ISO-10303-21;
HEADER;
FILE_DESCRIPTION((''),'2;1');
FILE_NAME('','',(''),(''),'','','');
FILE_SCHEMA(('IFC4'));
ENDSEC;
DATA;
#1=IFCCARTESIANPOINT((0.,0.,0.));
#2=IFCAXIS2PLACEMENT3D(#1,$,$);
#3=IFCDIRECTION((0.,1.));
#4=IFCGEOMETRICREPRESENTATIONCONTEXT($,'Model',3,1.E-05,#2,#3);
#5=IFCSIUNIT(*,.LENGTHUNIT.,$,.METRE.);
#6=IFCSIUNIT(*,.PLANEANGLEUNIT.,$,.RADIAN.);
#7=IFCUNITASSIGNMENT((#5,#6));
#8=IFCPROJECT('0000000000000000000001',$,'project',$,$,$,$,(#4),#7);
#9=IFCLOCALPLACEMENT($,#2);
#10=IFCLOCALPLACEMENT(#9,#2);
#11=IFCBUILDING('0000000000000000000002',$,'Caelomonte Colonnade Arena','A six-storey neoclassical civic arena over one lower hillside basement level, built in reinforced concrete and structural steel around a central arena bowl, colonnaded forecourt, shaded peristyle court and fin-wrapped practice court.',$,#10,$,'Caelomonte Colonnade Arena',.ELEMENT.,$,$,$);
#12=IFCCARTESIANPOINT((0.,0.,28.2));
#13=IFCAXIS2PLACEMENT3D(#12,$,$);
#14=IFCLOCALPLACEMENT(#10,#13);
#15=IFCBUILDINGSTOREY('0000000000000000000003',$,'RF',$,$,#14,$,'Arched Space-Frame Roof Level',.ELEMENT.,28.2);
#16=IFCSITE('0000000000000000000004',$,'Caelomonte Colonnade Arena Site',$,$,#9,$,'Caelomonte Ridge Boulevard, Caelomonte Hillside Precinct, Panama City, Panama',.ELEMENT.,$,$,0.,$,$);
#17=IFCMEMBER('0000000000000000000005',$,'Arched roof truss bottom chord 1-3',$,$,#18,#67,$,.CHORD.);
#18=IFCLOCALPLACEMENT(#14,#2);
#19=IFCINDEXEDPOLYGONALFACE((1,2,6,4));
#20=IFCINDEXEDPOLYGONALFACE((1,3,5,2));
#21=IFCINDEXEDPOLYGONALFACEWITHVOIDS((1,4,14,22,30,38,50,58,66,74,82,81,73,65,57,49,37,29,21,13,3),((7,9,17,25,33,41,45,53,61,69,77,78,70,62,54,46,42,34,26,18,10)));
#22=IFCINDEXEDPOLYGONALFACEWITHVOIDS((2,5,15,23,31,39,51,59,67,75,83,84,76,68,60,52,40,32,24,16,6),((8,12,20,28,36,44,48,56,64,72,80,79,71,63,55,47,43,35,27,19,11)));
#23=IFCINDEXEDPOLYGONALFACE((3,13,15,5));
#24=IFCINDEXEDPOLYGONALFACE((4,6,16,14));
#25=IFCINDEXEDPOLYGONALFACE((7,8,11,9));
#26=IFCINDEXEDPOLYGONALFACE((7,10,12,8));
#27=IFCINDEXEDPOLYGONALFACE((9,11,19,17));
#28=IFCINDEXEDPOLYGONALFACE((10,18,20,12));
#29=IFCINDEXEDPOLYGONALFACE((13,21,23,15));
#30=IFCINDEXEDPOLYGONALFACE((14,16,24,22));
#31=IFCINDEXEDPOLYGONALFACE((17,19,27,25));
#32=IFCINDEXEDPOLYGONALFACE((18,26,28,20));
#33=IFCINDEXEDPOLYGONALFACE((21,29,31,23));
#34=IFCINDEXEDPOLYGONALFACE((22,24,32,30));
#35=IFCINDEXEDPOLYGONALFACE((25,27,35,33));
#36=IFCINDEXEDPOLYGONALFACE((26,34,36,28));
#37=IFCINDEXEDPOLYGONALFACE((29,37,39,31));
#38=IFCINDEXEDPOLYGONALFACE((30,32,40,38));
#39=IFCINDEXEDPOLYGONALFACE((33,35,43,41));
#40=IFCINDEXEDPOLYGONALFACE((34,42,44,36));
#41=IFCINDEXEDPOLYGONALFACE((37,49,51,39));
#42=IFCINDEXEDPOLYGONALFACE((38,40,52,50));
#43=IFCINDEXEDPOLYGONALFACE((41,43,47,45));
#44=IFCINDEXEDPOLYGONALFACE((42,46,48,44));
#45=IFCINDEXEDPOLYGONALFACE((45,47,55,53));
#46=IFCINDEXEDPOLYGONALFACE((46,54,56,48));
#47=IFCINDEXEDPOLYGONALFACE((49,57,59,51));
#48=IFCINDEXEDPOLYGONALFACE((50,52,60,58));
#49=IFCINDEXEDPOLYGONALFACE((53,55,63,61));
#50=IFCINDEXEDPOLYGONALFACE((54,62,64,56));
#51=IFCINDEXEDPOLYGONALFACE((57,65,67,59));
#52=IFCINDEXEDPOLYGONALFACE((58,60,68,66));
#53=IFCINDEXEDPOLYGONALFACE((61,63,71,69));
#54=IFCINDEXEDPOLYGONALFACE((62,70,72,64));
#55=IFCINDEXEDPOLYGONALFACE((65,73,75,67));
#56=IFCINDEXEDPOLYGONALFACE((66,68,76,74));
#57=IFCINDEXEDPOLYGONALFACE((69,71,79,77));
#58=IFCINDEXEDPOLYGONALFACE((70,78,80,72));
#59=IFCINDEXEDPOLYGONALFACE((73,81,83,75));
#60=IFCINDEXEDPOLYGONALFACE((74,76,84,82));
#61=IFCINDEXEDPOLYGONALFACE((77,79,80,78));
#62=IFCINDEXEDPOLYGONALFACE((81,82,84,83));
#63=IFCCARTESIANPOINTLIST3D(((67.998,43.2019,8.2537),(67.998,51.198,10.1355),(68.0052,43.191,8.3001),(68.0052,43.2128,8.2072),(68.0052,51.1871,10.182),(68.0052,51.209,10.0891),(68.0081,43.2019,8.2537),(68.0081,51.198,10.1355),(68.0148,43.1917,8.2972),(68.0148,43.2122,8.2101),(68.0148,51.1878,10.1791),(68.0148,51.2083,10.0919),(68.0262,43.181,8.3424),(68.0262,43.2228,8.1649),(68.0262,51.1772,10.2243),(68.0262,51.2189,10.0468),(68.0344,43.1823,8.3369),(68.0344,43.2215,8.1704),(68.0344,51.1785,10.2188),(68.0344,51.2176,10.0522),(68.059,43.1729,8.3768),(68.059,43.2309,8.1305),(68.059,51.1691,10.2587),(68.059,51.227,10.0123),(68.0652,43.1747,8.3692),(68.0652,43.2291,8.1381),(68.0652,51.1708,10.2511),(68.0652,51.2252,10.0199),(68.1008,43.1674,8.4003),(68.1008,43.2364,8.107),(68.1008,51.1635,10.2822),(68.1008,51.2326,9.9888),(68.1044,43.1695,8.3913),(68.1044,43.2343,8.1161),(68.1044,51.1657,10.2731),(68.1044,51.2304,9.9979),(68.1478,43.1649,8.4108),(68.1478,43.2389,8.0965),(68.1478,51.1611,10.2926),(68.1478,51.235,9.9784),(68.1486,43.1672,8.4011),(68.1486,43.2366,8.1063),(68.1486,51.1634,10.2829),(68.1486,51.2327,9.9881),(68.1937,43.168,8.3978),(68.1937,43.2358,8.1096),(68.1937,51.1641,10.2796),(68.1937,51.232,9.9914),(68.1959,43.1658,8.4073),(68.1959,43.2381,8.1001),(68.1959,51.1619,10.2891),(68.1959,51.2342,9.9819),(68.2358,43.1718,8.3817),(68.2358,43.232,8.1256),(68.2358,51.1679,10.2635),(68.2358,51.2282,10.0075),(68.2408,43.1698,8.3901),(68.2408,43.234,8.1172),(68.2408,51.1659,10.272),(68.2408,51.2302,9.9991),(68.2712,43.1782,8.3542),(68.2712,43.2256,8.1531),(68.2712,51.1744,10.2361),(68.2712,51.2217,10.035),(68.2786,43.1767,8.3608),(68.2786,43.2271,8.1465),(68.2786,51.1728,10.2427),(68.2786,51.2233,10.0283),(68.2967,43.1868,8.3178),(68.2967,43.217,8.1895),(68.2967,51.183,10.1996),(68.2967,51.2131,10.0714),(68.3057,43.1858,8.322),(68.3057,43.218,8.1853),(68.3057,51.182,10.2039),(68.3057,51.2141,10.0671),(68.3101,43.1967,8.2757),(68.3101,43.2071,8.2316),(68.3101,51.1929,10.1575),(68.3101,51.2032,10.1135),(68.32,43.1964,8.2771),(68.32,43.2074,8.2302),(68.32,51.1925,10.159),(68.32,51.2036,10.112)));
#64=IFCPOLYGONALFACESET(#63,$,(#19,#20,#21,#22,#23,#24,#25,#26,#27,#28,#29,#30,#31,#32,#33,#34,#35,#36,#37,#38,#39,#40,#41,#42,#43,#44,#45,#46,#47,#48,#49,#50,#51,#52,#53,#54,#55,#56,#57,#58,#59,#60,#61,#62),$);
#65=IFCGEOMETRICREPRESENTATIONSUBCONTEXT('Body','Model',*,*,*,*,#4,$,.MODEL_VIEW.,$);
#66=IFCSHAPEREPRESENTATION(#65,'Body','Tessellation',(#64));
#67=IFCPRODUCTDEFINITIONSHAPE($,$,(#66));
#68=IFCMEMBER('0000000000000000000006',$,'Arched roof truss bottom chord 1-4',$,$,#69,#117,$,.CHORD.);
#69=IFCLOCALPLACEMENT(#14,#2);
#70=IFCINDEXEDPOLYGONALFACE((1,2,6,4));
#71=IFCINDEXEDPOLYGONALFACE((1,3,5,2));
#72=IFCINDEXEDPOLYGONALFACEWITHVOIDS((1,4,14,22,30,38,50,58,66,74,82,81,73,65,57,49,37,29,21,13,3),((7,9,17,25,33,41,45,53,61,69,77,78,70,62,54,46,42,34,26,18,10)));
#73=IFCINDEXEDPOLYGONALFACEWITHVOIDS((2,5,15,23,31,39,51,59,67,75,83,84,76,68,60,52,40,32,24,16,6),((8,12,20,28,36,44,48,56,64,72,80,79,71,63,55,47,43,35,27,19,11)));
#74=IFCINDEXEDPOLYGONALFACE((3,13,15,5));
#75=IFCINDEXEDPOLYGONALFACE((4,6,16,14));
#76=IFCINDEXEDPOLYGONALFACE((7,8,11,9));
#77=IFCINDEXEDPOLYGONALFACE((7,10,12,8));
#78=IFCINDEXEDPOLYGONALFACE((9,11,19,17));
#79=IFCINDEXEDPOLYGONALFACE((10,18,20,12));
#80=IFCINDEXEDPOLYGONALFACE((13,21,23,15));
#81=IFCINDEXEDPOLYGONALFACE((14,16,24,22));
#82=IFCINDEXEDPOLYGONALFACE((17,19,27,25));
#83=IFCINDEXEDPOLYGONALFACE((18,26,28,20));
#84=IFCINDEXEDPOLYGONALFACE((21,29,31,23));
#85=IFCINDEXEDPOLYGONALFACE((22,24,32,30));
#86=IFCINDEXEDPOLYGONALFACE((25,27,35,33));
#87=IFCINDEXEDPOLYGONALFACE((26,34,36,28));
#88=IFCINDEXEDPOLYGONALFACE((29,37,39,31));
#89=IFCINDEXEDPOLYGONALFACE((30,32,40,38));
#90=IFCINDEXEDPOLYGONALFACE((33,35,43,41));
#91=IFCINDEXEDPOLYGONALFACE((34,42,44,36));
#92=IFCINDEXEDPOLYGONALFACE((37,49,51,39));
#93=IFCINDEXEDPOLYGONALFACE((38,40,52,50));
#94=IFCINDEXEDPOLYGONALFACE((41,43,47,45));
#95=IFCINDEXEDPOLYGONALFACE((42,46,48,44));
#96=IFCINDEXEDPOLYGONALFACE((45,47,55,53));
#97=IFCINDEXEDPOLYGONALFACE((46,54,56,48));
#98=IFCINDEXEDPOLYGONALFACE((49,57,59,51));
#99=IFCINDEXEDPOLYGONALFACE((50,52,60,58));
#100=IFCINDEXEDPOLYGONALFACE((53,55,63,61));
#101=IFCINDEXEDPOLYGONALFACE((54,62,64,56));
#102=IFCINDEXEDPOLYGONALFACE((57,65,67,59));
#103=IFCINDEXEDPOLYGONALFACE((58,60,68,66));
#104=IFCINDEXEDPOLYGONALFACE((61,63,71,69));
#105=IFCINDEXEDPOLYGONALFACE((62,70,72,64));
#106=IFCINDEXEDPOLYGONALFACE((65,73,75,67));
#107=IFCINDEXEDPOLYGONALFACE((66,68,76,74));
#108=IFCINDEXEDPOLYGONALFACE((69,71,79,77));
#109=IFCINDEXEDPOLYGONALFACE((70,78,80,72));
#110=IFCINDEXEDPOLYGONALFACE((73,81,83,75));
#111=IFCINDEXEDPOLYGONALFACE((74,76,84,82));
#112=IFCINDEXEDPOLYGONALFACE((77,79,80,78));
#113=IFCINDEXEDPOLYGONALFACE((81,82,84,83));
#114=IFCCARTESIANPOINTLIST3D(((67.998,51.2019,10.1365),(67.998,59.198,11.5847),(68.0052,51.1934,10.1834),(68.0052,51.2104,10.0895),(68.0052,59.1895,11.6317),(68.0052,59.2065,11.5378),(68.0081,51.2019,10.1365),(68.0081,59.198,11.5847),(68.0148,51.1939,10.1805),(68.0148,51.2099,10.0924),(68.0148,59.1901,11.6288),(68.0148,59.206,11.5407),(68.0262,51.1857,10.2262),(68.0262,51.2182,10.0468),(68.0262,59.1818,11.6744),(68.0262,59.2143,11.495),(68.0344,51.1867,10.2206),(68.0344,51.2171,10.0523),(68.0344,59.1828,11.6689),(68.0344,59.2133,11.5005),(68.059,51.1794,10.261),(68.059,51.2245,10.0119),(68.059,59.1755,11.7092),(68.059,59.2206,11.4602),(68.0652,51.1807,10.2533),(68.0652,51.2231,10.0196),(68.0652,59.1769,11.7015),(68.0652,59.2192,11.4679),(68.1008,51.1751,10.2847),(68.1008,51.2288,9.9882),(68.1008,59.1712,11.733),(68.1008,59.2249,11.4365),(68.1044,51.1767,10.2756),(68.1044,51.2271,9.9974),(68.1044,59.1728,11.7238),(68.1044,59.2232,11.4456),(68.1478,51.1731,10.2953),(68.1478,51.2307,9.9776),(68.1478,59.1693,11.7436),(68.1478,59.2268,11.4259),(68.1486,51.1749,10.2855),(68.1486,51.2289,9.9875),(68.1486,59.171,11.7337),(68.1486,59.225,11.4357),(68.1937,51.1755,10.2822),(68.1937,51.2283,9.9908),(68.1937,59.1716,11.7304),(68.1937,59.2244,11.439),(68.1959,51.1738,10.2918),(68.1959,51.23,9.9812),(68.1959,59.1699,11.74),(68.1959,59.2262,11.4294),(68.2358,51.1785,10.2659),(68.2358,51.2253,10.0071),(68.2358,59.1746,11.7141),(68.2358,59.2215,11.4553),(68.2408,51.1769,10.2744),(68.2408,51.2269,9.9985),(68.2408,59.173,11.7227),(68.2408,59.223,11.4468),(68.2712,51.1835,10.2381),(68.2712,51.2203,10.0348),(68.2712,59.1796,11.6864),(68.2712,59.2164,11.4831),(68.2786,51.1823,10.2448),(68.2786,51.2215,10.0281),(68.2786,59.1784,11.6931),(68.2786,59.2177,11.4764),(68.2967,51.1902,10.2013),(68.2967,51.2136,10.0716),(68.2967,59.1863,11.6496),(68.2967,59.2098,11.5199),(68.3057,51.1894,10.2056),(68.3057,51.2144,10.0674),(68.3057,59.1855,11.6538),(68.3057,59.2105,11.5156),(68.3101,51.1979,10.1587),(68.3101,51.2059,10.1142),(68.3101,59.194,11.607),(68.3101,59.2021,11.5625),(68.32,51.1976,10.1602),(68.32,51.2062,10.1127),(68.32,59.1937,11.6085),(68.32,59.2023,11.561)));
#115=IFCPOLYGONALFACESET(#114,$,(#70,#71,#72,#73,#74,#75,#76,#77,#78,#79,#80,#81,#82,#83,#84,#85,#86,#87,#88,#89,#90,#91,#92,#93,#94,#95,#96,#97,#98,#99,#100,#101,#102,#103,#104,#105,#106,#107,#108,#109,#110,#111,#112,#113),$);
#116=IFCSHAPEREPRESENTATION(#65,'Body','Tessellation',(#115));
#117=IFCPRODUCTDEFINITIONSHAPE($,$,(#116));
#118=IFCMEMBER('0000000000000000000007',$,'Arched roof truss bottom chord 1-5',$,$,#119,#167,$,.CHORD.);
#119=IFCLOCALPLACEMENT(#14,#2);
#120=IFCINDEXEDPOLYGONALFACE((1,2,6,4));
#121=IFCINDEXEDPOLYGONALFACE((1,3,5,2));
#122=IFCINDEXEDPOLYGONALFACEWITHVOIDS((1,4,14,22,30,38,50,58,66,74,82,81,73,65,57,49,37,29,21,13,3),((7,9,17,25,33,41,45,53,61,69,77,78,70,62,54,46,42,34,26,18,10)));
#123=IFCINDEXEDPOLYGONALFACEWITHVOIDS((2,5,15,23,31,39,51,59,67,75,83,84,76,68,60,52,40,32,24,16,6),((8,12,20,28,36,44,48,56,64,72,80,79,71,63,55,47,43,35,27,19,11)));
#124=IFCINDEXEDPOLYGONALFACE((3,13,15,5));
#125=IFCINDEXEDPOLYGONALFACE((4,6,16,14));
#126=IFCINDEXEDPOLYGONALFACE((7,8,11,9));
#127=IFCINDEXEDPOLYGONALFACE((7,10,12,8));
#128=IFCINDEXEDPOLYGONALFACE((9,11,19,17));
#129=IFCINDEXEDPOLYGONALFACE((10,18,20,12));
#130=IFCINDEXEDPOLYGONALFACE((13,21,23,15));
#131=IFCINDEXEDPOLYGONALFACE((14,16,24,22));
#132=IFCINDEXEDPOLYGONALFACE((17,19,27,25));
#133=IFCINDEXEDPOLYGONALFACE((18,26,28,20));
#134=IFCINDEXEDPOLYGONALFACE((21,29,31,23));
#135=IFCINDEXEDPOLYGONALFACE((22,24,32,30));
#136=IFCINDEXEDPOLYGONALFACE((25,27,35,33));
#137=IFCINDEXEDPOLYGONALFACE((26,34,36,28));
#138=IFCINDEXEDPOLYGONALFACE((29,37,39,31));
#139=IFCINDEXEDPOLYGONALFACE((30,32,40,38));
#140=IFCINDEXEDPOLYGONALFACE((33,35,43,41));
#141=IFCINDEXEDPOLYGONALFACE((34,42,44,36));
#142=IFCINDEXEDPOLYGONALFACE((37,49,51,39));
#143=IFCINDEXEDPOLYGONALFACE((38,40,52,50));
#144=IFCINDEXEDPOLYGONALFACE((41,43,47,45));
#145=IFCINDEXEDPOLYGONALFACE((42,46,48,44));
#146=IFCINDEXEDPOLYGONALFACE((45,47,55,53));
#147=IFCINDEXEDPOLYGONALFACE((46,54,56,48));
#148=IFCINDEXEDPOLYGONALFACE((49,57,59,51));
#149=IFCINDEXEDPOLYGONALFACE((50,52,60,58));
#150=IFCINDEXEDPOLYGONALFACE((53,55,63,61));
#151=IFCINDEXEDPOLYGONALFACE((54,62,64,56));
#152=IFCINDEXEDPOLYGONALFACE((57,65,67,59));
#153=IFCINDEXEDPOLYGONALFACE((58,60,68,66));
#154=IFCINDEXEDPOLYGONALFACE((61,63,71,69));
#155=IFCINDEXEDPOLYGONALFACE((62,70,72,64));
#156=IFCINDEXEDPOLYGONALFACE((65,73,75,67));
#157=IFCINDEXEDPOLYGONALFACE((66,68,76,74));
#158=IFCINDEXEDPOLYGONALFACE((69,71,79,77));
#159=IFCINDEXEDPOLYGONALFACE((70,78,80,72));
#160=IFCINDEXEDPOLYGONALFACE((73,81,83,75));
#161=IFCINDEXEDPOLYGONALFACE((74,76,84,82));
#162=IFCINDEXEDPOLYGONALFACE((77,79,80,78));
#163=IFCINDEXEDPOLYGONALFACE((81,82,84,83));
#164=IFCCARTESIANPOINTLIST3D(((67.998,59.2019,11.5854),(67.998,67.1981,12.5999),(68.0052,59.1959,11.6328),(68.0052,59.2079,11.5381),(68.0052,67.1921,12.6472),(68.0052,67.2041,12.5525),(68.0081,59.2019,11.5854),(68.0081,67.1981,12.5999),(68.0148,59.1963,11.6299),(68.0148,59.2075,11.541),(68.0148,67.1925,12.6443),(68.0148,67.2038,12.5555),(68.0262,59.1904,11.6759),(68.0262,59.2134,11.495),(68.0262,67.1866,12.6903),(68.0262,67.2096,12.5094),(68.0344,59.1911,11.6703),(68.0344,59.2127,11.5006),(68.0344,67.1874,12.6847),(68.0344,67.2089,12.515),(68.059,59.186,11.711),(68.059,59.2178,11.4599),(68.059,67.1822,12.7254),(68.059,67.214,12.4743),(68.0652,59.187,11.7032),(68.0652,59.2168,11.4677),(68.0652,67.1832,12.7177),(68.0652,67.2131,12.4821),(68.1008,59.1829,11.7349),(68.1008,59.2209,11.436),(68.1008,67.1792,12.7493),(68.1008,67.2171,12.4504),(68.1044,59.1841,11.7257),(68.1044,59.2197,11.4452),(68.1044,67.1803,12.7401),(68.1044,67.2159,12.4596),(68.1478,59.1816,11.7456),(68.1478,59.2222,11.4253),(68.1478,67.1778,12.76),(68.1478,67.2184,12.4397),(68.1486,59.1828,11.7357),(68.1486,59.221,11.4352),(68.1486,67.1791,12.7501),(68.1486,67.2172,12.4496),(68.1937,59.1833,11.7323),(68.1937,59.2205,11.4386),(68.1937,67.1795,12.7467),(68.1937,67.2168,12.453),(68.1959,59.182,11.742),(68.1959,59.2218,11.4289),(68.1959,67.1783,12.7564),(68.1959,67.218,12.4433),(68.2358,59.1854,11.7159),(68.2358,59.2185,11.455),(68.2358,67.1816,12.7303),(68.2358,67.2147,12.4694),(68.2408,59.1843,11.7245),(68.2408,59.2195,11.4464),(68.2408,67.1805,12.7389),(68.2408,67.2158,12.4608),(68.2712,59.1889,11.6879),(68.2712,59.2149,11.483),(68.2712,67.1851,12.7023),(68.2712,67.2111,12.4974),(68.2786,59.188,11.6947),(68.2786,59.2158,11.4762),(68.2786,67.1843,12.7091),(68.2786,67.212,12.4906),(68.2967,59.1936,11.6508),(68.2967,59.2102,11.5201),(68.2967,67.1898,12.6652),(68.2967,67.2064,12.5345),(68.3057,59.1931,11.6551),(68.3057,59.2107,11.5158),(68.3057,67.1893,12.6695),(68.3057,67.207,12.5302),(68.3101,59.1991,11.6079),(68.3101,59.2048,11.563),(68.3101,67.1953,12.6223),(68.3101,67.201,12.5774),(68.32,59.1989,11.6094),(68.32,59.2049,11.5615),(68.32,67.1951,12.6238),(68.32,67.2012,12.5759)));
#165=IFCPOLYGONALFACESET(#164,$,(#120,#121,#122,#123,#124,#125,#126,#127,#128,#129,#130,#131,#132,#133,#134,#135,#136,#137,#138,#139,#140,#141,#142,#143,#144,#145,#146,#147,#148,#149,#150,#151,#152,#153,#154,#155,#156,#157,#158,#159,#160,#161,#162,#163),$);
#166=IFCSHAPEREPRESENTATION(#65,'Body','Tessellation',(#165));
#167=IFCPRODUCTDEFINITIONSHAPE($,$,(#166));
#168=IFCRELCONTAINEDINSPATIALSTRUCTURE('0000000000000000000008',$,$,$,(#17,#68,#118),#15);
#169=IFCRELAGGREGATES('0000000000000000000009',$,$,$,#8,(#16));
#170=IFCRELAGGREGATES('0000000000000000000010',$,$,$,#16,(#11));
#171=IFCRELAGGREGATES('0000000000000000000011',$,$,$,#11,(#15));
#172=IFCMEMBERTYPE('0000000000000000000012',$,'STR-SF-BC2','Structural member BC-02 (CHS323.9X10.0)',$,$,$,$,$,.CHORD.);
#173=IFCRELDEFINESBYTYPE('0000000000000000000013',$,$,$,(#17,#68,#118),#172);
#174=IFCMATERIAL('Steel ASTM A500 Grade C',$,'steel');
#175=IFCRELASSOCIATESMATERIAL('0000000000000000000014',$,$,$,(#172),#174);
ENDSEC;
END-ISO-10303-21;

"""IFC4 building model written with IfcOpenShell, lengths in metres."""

from ifc_helpers import new_model, si_unit, direction, frame, origin, origin_2d, place, context, subcontext, project, spatial, hollow_circle, extrude, material, material_profile, profile_set, type_object, element, save


model = new_model("IFC4")

# Units and contexts
model_context = context("Model", 3, precision=1e-05, world=origin(), true_north=direction((0.0, 1.0)))
body_context = subcontext(model_context, "Body", "Model", "MODEL_VIEW")
ifc_project = project(units=[si_unit("LENGTHUNIT", "METRE"), si_unit("PLANEANGLEUNIT", "RADIAN")], contexts=[model_context])

# Site, building, storey
site_placement = place(None, origin())
site = spatial("IfcSite", under=ifc_project, at=site_placement, Name="Caelomonte Colonnade Arena Site", LongName="Caelomonte Ridge Boulevard, Caelomonte Hillside Precinct, Panama City, Panama", CompositionType="ELEMENT", RefElevation=0.0)
building_placement = place(site_placement, origin())
building = spatial("IfcBuilding", under=site, at=building_placement, Name="Caelomonte Colonnade Arena", Description="A six-storey neoclassical civic arena over one lower hillside basement level, built in reinforced concrete and structural steel around a central arena bowl, colonnaded forecourt, shaded peristyle court and fin-wrapped practice court.", LongName="Caelomonte Colonnade Arena", CompositionType="ELEMENT")
storey_placement = place(building_placement, frame((0.0, 0.0, 28.2)))
storey = spatial("IfcBuildingStorey", under=building, at=storey_placement, Name="RF", LongName="Arched Space-Frame Roof Level", CompositionType="ELEMENT", Elevation=28.2)

# Members
ifc_material_1 = material(Name="Steel ASTM A500 Grade C", Category="steel")
ifc_material_profile_1 = material_profile(ifc_material_1, hollow_circle(Radius=0.1619, WallThickness=0.01, at=origin_2d()), Name="CHS323.9X10.0")
ifc_profile_set_1 = profile_set([ifc_material_profile_1], Name="Steel ASTM A500 Grade C")
member_type_1 = type_object("IfcMemberType", Name="STR-SF-BC2", Description="Structural member BC-02 (CHS323.9X10.0)", PredefinedType="CHORD", material=ifc_profile_set_1)
member_1_placement = place(storey_placement, frame((68.1599, 43.2019, 8.2537), z_axis=(0.0, 0.973406, 0.229086), x_axis=(-1.0, 0.0, 0.0)))
element("IfcMember", 1, at=member_1_placement, inside=storey, type_object=member_type_1, Name="Arched roof truss bottom chord 1-3", PredefinedType="CHORD", context=body_context, shape_type="SweptSolid", body=[
    extrude(hollow_circle(Radius=0.1619, WallThickness=0.01, at=origin_2d()), origin(), (0.0, 0.0, 1.0), 8.2146),
])
member_2_placement = place(storey_placement, frame((68.1599, 51.2019, 10.1365), z_axis=(0.0, 0.983991, 0.178219), x_axis=(-1.0, 0.0, 0.0)))
element("IfcMember", 2, at=member_2_placement, inside=storey, type_object=member_type_1, Name="Arched roof truss bottom chord 1-4", PredefinedType="CHORD", context=body_context, shape_type="SweptSolid", body=[
    extrude(hollow_circle(Radius=0.1619, WallThickness=0.01, at=origin_2d()), origin(), (0.0, 0.0, 1.0), 8.1262),
])
member_3_placement = place(storey_placement, frame((68.1599, 59.2019, 11.5854), z_axis=(0.0, 0.992049, 0.125854), x_axis=(-1.0, 0.0, 0.0)))
element("IfcMember", 3, at=member_3_placement, inside=storey, type_object=member_type_1, Name="Arched roof truss bottom chord 1-5", PredefinedType="CHORD", context=body_context, shape_type="SweptSolid", body=[
    extrude(hollow_circle(Radius=0.1619, WallThickness=0.01, at=origin_2d()), origin(), (0.0, 0.0, 1.0), 8.0603),
])

save(model, "model.ifc")
